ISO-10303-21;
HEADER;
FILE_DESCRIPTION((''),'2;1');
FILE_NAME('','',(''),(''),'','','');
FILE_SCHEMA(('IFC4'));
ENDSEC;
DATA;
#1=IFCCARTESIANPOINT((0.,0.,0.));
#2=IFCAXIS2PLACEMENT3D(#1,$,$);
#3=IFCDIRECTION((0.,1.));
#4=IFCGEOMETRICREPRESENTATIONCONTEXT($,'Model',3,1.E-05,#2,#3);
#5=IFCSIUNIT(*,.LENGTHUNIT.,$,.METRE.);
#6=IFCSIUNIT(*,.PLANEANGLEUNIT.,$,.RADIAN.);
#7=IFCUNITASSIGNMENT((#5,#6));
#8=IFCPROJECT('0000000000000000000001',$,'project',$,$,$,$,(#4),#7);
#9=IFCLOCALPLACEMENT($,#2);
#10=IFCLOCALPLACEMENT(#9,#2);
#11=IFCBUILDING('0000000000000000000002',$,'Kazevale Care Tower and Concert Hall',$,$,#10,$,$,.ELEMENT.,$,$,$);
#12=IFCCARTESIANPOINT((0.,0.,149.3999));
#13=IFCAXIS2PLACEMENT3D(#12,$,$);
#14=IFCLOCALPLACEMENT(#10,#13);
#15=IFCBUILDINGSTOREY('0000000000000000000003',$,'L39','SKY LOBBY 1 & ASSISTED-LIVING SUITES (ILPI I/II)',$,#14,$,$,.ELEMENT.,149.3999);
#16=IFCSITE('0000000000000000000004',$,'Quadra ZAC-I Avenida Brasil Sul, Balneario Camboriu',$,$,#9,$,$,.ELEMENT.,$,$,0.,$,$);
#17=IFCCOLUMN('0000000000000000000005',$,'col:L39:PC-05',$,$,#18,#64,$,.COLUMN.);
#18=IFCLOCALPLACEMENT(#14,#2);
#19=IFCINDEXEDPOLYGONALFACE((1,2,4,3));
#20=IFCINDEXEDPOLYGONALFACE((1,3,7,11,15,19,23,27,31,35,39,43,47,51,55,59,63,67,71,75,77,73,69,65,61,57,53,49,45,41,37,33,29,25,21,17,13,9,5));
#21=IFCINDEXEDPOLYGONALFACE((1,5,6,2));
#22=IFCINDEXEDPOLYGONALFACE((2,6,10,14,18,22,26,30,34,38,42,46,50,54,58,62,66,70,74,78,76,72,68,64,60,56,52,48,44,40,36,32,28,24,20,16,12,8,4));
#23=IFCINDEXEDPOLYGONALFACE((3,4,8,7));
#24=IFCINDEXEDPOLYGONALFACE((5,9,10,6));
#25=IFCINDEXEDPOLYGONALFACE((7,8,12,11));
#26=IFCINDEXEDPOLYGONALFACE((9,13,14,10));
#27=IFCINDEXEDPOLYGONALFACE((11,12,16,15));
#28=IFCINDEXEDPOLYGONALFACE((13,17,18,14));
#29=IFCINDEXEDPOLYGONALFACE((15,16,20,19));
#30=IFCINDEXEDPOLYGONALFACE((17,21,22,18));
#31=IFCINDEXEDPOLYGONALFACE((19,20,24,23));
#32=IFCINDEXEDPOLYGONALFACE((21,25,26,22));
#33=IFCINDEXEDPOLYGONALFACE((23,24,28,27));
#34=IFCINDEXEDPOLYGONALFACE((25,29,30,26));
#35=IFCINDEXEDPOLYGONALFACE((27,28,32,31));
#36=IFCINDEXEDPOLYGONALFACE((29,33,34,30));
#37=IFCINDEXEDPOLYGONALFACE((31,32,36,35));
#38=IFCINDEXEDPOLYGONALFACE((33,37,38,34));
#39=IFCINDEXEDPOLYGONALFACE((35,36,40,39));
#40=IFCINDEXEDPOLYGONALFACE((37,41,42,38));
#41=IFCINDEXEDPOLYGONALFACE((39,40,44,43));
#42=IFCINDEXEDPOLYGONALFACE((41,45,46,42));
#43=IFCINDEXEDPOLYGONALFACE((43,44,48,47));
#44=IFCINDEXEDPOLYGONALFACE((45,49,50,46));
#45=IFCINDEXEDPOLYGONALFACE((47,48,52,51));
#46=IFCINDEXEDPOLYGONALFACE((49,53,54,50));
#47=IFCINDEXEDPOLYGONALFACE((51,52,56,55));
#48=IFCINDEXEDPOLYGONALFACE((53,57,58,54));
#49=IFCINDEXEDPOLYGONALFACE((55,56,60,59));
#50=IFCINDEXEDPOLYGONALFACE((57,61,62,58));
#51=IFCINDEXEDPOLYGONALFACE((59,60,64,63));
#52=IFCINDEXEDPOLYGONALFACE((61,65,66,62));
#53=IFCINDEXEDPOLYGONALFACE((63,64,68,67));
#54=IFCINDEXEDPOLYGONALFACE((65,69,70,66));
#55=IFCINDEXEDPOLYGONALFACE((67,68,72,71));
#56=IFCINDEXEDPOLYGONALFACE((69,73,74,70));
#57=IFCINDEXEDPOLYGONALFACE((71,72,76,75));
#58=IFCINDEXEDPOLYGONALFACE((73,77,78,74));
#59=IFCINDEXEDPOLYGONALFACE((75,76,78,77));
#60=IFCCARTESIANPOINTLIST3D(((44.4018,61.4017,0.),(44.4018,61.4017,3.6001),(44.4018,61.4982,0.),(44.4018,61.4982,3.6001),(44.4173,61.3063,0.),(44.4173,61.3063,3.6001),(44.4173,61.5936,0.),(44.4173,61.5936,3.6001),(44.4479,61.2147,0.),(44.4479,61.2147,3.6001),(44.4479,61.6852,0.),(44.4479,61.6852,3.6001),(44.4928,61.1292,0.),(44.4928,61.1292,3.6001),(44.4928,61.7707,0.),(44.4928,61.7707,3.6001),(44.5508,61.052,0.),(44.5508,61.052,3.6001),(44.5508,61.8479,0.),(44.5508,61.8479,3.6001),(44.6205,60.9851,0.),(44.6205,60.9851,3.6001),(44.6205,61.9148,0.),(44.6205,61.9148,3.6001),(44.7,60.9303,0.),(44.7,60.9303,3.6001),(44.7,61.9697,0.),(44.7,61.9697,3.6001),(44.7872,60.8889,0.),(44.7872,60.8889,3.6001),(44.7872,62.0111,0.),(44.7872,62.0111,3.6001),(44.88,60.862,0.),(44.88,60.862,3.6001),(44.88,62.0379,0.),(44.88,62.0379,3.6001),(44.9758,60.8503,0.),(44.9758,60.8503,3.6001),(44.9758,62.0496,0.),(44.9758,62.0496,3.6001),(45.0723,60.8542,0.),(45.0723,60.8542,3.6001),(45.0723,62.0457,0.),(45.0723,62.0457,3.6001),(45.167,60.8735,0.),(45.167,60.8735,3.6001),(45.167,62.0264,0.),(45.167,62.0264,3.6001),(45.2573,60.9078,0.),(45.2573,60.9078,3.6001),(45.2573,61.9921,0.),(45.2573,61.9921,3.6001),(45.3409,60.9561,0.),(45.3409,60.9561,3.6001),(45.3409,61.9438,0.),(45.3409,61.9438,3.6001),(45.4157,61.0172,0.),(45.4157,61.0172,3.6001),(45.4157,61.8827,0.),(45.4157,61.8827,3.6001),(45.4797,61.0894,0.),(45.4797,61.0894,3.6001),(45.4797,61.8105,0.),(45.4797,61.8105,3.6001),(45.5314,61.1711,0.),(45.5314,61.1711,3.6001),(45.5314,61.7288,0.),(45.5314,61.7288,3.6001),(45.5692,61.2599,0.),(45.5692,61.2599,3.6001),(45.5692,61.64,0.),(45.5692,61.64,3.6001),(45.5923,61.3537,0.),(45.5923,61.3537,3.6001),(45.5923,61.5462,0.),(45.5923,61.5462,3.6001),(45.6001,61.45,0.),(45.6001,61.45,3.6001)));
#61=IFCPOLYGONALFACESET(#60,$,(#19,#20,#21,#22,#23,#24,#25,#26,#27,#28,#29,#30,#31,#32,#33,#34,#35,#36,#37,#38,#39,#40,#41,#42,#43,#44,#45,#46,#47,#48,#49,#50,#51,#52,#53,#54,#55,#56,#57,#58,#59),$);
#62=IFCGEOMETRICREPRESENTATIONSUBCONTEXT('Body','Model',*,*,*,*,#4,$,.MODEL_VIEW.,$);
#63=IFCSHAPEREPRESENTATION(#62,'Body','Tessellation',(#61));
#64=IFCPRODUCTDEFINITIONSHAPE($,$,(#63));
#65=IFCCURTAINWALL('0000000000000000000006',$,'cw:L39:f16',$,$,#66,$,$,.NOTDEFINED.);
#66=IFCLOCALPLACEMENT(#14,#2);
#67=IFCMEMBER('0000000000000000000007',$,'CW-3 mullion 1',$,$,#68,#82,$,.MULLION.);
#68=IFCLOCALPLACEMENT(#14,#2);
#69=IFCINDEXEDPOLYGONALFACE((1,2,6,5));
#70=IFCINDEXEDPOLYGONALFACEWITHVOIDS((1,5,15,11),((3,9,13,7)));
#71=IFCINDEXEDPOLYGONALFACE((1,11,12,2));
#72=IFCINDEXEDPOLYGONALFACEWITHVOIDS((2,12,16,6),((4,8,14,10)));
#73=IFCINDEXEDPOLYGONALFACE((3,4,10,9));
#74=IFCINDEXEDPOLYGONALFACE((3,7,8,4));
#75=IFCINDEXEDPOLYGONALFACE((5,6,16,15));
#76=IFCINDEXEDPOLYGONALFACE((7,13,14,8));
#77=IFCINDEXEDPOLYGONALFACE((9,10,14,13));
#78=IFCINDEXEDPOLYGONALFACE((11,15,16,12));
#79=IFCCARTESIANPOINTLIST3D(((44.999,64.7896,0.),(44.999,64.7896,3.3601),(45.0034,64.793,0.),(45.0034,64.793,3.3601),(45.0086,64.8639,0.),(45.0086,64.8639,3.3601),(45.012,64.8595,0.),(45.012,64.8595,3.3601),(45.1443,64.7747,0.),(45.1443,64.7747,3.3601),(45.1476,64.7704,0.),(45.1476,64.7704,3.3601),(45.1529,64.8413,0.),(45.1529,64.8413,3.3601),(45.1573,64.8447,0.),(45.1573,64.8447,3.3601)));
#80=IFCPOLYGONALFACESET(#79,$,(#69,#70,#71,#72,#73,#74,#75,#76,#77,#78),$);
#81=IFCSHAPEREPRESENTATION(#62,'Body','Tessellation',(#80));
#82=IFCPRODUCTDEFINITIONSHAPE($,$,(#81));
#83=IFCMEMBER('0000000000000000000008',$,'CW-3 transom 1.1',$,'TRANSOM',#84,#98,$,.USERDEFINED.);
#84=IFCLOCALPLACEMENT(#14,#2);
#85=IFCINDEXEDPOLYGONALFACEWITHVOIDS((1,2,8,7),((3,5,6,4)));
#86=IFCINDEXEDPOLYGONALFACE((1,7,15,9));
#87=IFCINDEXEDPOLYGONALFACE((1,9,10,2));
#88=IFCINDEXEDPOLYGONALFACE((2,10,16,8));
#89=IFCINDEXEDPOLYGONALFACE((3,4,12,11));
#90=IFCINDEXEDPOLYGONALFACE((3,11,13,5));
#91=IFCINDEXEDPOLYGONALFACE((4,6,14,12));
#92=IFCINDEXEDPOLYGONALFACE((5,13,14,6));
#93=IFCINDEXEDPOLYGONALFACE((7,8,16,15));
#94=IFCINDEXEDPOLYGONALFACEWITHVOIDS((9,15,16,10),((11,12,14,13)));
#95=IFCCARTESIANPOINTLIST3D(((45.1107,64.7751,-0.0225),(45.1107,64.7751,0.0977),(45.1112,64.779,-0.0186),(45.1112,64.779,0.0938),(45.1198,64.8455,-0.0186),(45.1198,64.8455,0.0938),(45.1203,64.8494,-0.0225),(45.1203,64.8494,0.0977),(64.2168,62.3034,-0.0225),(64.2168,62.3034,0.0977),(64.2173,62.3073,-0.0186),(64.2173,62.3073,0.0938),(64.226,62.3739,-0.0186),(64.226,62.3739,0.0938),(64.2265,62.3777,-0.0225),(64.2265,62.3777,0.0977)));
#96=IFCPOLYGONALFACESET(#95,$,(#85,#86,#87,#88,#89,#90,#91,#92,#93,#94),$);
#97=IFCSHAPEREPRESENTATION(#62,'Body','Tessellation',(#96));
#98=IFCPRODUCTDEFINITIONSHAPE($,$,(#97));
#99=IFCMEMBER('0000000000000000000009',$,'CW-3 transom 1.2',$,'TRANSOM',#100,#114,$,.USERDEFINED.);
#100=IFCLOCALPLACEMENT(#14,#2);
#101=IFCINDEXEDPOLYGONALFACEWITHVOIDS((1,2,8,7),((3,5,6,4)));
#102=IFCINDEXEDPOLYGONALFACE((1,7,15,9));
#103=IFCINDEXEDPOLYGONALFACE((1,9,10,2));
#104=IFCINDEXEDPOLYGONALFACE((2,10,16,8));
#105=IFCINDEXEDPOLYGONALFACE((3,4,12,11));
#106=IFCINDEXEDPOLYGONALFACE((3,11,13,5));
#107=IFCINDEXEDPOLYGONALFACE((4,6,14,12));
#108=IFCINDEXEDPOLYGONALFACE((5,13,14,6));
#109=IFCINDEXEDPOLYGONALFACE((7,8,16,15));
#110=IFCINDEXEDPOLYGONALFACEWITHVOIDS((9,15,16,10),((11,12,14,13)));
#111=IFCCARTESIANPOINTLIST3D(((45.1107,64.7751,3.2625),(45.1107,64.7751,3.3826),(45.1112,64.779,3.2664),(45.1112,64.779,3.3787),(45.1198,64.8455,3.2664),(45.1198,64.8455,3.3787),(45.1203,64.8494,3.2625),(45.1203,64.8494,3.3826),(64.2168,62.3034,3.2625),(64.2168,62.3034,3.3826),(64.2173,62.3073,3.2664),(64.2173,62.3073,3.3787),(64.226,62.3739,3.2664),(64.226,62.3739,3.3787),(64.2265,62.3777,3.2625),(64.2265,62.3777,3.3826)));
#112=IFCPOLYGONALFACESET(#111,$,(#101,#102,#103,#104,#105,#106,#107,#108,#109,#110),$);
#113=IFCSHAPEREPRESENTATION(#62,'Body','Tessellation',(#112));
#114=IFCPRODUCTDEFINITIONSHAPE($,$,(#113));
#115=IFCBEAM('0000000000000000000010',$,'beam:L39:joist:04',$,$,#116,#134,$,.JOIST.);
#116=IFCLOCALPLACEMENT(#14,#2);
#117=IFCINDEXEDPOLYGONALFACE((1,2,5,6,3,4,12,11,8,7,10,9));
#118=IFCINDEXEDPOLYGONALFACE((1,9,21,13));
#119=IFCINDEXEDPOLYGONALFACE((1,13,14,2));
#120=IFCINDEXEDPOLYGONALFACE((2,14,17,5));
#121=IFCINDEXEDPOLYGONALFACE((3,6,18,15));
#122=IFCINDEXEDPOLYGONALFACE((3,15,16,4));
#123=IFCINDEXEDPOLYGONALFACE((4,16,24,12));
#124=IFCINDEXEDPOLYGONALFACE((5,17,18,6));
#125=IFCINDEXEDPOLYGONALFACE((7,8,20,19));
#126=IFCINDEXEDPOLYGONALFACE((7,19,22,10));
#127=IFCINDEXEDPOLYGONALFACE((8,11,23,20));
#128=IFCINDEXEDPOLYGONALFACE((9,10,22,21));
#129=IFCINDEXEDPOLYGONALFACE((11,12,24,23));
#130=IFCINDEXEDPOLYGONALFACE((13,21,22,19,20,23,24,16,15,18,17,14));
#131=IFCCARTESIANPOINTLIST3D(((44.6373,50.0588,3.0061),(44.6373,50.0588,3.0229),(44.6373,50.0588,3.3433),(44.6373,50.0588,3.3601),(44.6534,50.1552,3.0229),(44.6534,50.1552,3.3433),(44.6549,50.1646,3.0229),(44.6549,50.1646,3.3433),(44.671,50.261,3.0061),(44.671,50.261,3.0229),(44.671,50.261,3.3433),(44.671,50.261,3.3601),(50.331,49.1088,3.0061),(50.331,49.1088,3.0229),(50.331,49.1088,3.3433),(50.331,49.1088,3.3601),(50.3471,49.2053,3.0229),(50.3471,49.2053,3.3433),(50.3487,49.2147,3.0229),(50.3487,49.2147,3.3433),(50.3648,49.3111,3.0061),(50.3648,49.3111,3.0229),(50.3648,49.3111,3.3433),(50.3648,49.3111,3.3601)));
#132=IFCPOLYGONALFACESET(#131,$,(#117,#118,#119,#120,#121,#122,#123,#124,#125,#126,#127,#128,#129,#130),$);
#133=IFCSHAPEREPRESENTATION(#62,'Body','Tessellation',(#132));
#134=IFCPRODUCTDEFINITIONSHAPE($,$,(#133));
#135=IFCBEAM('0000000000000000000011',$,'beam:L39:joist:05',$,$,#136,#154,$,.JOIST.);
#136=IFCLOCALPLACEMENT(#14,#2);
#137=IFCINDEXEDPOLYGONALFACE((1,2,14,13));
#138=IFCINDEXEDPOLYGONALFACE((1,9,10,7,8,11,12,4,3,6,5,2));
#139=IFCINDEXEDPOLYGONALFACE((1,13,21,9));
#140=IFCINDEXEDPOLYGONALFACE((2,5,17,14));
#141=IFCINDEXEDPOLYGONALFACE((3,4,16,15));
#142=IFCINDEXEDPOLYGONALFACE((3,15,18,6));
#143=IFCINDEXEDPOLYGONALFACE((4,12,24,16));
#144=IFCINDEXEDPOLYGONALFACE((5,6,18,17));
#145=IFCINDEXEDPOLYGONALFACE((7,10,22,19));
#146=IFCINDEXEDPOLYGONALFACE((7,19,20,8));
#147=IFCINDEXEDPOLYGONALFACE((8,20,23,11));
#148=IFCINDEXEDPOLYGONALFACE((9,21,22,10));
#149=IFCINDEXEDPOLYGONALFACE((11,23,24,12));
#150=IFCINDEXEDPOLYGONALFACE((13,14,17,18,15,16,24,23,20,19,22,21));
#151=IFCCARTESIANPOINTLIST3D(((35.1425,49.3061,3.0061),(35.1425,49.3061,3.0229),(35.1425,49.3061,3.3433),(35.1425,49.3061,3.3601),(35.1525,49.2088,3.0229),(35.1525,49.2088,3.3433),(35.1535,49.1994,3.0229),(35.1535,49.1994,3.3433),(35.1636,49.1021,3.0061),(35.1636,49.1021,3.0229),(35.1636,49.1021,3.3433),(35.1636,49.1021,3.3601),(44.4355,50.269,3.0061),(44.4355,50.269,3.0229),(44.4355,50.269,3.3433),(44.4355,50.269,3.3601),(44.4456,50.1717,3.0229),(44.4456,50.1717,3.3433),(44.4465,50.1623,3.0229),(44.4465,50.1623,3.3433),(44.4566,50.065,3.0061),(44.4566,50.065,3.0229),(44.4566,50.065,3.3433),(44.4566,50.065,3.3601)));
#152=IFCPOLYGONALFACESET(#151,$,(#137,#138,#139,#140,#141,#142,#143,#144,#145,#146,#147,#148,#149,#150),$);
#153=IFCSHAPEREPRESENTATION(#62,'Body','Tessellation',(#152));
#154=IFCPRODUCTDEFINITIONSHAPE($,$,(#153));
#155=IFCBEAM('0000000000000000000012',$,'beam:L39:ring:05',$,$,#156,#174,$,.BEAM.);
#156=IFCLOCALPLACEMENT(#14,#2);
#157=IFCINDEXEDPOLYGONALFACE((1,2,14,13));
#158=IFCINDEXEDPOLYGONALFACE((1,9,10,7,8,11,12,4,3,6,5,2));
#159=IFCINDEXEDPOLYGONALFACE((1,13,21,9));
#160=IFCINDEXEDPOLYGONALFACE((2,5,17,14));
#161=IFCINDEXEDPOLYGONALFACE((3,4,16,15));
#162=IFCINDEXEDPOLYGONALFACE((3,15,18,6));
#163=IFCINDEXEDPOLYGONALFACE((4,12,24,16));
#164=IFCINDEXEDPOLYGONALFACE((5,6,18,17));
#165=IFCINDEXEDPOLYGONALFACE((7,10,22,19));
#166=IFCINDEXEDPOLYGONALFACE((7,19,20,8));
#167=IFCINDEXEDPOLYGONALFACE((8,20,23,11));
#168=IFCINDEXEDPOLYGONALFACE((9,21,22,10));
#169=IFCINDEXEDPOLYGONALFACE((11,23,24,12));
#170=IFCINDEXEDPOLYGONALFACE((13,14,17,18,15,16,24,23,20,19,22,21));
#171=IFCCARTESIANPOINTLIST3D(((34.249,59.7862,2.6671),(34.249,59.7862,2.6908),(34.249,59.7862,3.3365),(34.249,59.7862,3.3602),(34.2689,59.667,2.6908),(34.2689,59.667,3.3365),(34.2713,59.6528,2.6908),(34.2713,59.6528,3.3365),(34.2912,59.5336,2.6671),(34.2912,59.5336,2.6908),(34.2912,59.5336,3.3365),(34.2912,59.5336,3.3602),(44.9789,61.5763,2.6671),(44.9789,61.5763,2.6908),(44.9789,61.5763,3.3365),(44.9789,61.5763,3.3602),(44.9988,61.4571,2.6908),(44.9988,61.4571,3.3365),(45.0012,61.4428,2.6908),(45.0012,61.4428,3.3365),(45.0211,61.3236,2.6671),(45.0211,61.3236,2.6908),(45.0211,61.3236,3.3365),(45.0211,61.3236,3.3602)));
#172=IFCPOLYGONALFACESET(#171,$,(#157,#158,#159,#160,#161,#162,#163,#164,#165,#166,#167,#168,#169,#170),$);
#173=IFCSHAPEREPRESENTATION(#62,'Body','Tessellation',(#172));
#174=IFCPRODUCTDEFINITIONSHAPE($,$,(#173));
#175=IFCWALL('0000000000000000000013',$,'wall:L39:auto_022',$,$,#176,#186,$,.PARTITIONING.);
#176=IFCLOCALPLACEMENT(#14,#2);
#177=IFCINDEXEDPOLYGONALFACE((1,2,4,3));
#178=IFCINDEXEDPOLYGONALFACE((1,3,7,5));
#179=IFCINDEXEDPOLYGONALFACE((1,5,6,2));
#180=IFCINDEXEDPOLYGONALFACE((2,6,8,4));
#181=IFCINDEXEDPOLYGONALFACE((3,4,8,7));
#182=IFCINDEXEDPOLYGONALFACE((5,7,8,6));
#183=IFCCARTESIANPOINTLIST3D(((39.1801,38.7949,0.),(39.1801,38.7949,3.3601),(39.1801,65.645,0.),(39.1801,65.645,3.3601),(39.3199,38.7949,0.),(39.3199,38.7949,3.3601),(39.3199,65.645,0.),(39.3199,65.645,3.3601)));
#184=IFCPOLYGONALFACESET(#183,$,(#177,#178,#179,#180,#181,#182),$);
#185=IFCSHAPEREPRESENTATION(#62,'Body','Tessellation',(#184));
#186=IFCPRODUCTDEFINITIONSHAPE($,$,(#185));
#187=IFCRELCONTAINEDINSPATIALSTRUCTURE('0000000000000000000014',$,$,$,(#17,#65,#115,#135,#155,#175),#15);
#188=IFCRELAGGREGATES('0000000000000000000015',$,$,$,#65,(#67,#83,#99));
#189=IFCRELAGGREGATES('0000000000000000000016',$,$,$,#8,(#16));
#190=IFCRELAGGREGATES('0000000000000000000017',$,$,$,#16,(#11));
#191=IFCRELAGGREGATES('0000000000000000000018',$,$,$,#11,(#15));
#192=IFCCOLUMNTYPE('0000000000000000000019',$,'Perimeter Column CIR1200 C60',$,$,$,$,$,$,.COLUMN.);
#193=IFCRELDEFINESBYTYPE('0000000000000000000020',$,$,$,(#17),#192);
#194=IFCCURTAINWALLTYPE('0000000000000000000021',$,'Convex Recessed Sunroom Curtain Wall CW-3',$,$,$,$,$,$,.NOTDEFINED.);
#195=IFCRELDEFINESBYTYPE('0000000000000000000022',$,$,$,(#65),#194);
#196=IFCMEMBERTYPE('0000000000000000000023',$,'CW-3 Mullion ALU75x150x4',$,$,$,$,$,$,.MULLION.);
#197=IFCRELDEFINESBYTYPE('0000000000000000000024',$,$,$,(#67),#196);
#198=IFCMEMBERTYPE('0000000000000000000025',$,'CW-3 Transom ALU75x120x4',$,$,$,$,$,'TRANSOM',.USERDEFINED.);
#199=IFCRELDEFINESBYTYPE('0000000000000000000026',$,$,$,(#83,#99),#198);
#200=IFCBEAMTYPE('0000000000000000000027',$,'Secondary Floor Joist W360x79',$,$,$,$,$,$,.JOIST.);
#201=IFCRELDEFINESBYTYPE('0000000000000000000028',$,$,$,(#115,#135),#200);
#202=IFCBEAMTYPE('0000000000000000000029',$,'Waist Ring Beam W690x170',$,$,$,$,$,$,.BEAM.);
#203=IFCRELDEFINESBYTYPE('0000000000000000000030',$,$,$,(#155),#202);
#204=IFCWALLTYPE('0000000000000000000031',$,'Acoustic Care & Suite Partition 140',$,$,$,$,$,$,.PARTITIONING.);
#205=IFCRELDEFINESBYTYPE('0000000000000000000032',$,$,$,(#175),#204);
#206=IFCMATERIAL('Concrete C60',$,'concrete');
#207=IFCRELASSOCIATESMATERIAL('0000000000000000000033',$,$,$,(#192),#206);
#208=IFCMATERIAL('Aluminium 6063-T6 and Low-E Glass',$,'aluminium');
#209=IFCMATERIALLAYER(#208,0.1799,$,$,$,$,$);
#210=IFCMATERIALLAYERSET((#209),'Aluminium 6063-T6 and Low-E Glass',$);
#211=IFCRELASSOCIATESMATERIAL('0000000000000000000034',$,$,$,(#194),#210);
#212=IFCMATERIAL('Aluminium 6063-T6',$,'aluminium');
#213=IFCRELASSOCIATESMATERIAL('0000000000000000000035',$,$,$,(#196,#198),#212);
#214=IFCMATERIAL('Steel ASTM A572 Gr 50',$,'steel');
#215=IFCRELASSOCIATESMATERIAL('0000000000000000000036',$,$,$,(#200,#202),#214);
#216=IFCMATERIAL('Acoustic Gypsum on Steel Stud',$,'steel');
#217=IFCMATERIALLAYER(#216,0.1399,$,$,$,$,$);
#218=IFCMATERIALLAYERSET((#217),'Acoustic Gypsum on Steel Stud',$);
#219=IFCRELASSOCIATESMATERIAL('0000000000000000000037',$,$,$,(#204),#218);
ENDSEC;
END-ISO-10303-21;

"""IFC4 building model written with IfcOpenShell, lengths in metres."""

from ifc_helpers import new_model, si_unit, direction, frame, frame_2d, origin, origin_2d, place, context, subcontext, project, spatial, rectangle, hollow_rectangle, circle, i_section, extrude, material, layer, layer_set, material_profile, profile_set, type_object, element, aggregate, save


model = new_model("IFC4")

# Units and contexts
model_context = context("Model", 3, precision=1e-05, world=origin(), true_north=direction((0.0, 1.0)))
body_context = subcontext(model_context, "Body", "Model", "MODEL_VIEW")
ifc_project = project(units=[si_unit("LENGTHUNIT", "METRE"), si_unit("PLANEANGLEUNIT", "RADIAN")], contexts=[model_context])

# Site, building, storey
site_placement = place(None, origin())
site = spatial("IfcSite", under=ifc_project, at=site_placement, Name="Quadra ZAC-I Avenida Brasil Sul, Balneario Camboriu", CompositionType="ELEMENT", RefElevation=0.0)
building_placement = place(site_placement, origin())
building = spatial("IfcBuilding", under=site, at=building_placement, Name="Kazevale Care Tower and Concert Hall", CompositionType="ELEMENT")
storey_placement = place(building_placement, frame((0.0, 0.0, 149.3999)))
storey = spatial("IfcBuildingStorey", under=building, at=storey_placement, Name="L39", Description="SKY LOBBY 1 & ASSISTED-LIVING SUITES (ILPI I/II)", CompositionType="ELEMENT", Elevation=149.3999)

# Column
ifc_material_1 = material(Name="Concrete C60", Category="concrete")
ifc_material_profile_1 = material_profile(ifc_material_1, circle(Radius=0.6001, at=origin_2d()), Name="RC-CIR1200")
ifc_profile_set_1 = profile_set([ifc_material_profile_1], Name="Concrete C60")
column_type = type_object("IfcColumnType", Name="Perimeter Column CIR1200 C60", PredefinedType="COLUMN", material=ifc_profile_set_1)
column_placement = place(storey_placement, frame((45.0, 61.45, 0.0), z_axis=(0.0, 0.0, 1.0), x_axis=(1.0, 0.0, 0.0)))
element("IfcColumn", 1, at=column_placement, inside=storey, type_object=column_type, Name="col:L39:PC-05", PredefinedType="COLUMN", context=body_context, shape_type="SweptSolid", body=[
    extrude(circle(Radius=0.6001, at=origin_2d()), origin(), (0.0, 0.0, 1.0), 3.6001),
])

# Curtain wall, members
ifc_material_2 = material(Name="Aluminium 6063-T6 and Low-E Glass", Category="aluminium")
ifc_layer_1 = layer(ifc_material_2, 0.1799)
ifc_layer_set_1 = layer_set([ifc_layer_1], Name="Aluminium 6063-T6 and Low-E Glass")
curtain_wall_type = type_object("IfcCurtainWallType", Name="Convex Recessed Sunroom Curtain Wall CW-3", PredefinedType="NOTDEFINED", material=ifc_layer_set_1)
curtain_wall_placement = place(storey_placement, origin())
curtain_wall = element("IfcCurtainWall", 2, at=curtain_wall_placement, inside=storey, type_object=curtain_wall_type, Name="cw:L39:f16", PredefinedType="NOTDEFINED")
ifc_material_3 = material(Name="Aluminium 6063-T6", Category="aluminium")
ifc_material_profile_2 = material_profile(ifc_material_3, hollow_rectangle(XDim=0.075, YDim=0.1499, WallThickness=0.0039, at=origin_2d()), Name="ALU75x150x4")
ifc_profile_set_2 = profile_set([ifc_material_profile_2], Name="Aluminium 6063-T6")
member_type_1 = type_object("IfcMemberType", Name="CW-3 Mullion ALU75x150x4", PredefinedType="MULLION", material=ifc_profile_set_2)
member_1_placement = place(storey_placement, frame((45.0781, 64.8171, 0.0), z_axis=(0.0, 0.0, 1.0), x_axis=(0.1283, 0.991735, 0.0)))
member_1 = element("IfcMember", 3, at=member_1_placement, type_object=member_type_1, Name="CW-3 mullion 1", PredefinedType="MULLION", context=body_context, shape_type="SweptSolid", body=[
    extrude(hollow_rectangle(XDim=0.075, YDim=0.1499, WallThickness=0.0039, at=origin_2d()), origin(), (0.0, 0.0, 1.0), 3.3601),
])
ifc_material_profile_3 = material_profile(ifc_material_3, hollow_rectangle(XDim=0.075, YDim=0.1201, WallThickness=0.0039, at=origin_2d()), Name="ALU75x120x4")
ifc_profile_set_3 = profile_set([ifc_material_profile_3], Name="Aluminium 6063-T6")
member_type_2 = type_object("IfcMemberType", Name="CW-3 Transom ALU75x120x4", ElementType="TRANSOM", PredefinedType="USERDEFINED", material=ifc_profile_set_3)
member_2_placement = place(storey_placement, frame((45.1155, 64.8123, 0.0376), z_axis=(0.991736, -0.128296, 0.0), x_axis=(0.128296, 0.991736, 0.0)))
member_2 = element("IfcMember", 4, at=member_2_placement, type_object=member_type_2, Name="CW-3 transom 1.1", ObjectType="TRANSOM", PredefinedType="USERDEFINED", context=body_context, shape_type="SweptSolid", body=[
    extrude(hollow_rectangle(XDim=0.075, YDim=0.1201, WallThickness=0.0039, at=origin_2d()), origin(), (0.0, 0.0, 1.0), 19.2654),
])
member_3_placement = place(storey_placement, frame((45.1155, 64.8123, 3.3225), z_axis=(0.991736, -0.128296, 0.0), x_axis=(0.128296, 0.991736, 0.0)))
member_3 = element("IfcMember", 5, at=member_3_placement, type_object=member_type_2, Name="CW-3 transom 1.2", ObjectType="TRANSOM", PredefinedType="USERDEFINED", context=body_context, shape_type="SweptSolid", body=[
    extrude(hollow_rectangle(XDim=0.075, YDim=0.1201, WallThickness=0.0039, at=origin_2d()), origin(), (0.0, 0.0, 1.0), 19.2654),
])
aggregate(curtain_wall, [member_1, member_2, member_3])

# Beams
ifc_material_4 = material(Name="Steel ASTM A572 Gr 50", Category="steel")
ifc_material_profile_4 = material_profile(ifc_material_4, i_section(OverallWidth=0.2051, OverallDepth=0.354, WebThickness=0.0095, FlangeThickness=0.0168, at=origin_2d()), Name="W360x79")
ifc_profile_set_4 = profile_set([ifc_material_profile_4], Name="Steel ASTM A572 Gr 50")
beam_type_1 = type_object("IfcBeamType", Name="Secondary Floor Joist W360x79", PredefinedType="JOIST", material=ifc_profile_set_4)
beam_1_placement = place(storey_placement, frame((50.3479, 49.21, 3.1831), z_axis=(-0.986366, 0.164564, 0.0), x_axis=(-0.164564, -0.986366, 0.0)))
element("IfcBeam", 6, at=beam_1_placement, inside=storey, type_object=beam_type_1, Name="beam:L39:joist:04", PredefinedType="JOIST", context=body_context, shape_type="SweptSolid", body=[
    extrude(i_section(OverallWidth=0.2051, OverallDepth=0.354, WebThickness=0.0095, FlangeThickness=0.0168, at=origin_2d()), origin(), (0.0, 0.0, 1.0), 5.7725),
])
beam_2_placement = place(storey_placement, frame((44.446, 50.167, 3.1831), z_axis=(-0.994675, -0.103063, 0.0), x_axis=(0.103063, -0.994675, 0.0)))
element("IfcBeam", 7, at=beam_2_placement, inside=storey, type_object=beam_type_1, Name="beam:L39:joist:05", PredefinedType="JOIST", context=body_context, shape_type="SweptSolid", body=[
    extrude(i_section(OverallWidth=0.2051, OverallDepth=0.354, WebThickness=0.0095, FlangeThickness=0.0168, at=origin_2d()), origin(), (0.0, 0.0, 1.0), 9.3428),
])
ifc_material_profile_5 = material_profile(ifc_material_4, i_section(OverallWidth=0.2561, OverallDepth=0.6931, WebThickness=0.0144, FlangeThickness=0.0237, at=origin_2d()), Name="W690x170")
ifc_profile_set_5 = profile_set([ifc_material_profile_5], Name="Steel ASTM A572 Gr 50")
beam_type_2 = type_object("IfcBeamType", Name="Waist Ring Beam W690x170", PredefinedType="BEAM", material=ifc_profile_set_5)
beam_3_placement = place(storey_placement, frame((45.0, 61.45, 3.0137), z_axis=(-0.986368, -0.164552, 0.0), x_axis=(0.164552, -0.986368, 0.0)))
element("IfcBeam", 8, at=beam_3_placement, inside=storey, type_object=beam_type_2, Name="beam:L39:ring:05", PredefinedType="BEAM", context=body_context, shape_type="SweptSolid", body=[
    extrude(i_section(OverallWidth=0.2561, OverallDepth=0.6931, WebThickness=0.0144, FlangeThickness=0.0237, at=origin_2d()), origin(), (0.0, 0.0, 1.0), 10.8782),
])

# Wall
ifc_material_5 = material(Name="Acoustic Gypsum on Steel Stud", Category="steel")
ifc_layer_2 = layer(ifc_material_5, 0.1399)
ifc_layer_set_2 = layer_set([ifc_layer_2], Name="Acoustic Gypsum on Steel Stud")
wall_type_1 = type_object("IfcWallType", Name="Acoustic Care & Suite Partition 140", PredefinedType="PARTITIONING", material=ifc_layer_set_2)
wall_1_placement = place(storey_placement, frame((39.25, 65.645, 0.0), z_axis=(0.0, 0.0, 1.0), x_axis=(0.0, -1.0, 0.0)))
element("IfcWall", 9, at=wall_1_placement, inside=storey, type_object=wall_type_1, Name="wall:L39:auto_022", PredefinedType="PARTITIONING", context=body_context, shape_type="SweptSolid", body=[
    extrude(rectangle(XDim=26.8501, YDim=0.1399, at=frame_2d((13.425, 0.0))), origin(), (0.0, 0.0, 1.0), 3.3601),
])

save(model, "model.ifc")
